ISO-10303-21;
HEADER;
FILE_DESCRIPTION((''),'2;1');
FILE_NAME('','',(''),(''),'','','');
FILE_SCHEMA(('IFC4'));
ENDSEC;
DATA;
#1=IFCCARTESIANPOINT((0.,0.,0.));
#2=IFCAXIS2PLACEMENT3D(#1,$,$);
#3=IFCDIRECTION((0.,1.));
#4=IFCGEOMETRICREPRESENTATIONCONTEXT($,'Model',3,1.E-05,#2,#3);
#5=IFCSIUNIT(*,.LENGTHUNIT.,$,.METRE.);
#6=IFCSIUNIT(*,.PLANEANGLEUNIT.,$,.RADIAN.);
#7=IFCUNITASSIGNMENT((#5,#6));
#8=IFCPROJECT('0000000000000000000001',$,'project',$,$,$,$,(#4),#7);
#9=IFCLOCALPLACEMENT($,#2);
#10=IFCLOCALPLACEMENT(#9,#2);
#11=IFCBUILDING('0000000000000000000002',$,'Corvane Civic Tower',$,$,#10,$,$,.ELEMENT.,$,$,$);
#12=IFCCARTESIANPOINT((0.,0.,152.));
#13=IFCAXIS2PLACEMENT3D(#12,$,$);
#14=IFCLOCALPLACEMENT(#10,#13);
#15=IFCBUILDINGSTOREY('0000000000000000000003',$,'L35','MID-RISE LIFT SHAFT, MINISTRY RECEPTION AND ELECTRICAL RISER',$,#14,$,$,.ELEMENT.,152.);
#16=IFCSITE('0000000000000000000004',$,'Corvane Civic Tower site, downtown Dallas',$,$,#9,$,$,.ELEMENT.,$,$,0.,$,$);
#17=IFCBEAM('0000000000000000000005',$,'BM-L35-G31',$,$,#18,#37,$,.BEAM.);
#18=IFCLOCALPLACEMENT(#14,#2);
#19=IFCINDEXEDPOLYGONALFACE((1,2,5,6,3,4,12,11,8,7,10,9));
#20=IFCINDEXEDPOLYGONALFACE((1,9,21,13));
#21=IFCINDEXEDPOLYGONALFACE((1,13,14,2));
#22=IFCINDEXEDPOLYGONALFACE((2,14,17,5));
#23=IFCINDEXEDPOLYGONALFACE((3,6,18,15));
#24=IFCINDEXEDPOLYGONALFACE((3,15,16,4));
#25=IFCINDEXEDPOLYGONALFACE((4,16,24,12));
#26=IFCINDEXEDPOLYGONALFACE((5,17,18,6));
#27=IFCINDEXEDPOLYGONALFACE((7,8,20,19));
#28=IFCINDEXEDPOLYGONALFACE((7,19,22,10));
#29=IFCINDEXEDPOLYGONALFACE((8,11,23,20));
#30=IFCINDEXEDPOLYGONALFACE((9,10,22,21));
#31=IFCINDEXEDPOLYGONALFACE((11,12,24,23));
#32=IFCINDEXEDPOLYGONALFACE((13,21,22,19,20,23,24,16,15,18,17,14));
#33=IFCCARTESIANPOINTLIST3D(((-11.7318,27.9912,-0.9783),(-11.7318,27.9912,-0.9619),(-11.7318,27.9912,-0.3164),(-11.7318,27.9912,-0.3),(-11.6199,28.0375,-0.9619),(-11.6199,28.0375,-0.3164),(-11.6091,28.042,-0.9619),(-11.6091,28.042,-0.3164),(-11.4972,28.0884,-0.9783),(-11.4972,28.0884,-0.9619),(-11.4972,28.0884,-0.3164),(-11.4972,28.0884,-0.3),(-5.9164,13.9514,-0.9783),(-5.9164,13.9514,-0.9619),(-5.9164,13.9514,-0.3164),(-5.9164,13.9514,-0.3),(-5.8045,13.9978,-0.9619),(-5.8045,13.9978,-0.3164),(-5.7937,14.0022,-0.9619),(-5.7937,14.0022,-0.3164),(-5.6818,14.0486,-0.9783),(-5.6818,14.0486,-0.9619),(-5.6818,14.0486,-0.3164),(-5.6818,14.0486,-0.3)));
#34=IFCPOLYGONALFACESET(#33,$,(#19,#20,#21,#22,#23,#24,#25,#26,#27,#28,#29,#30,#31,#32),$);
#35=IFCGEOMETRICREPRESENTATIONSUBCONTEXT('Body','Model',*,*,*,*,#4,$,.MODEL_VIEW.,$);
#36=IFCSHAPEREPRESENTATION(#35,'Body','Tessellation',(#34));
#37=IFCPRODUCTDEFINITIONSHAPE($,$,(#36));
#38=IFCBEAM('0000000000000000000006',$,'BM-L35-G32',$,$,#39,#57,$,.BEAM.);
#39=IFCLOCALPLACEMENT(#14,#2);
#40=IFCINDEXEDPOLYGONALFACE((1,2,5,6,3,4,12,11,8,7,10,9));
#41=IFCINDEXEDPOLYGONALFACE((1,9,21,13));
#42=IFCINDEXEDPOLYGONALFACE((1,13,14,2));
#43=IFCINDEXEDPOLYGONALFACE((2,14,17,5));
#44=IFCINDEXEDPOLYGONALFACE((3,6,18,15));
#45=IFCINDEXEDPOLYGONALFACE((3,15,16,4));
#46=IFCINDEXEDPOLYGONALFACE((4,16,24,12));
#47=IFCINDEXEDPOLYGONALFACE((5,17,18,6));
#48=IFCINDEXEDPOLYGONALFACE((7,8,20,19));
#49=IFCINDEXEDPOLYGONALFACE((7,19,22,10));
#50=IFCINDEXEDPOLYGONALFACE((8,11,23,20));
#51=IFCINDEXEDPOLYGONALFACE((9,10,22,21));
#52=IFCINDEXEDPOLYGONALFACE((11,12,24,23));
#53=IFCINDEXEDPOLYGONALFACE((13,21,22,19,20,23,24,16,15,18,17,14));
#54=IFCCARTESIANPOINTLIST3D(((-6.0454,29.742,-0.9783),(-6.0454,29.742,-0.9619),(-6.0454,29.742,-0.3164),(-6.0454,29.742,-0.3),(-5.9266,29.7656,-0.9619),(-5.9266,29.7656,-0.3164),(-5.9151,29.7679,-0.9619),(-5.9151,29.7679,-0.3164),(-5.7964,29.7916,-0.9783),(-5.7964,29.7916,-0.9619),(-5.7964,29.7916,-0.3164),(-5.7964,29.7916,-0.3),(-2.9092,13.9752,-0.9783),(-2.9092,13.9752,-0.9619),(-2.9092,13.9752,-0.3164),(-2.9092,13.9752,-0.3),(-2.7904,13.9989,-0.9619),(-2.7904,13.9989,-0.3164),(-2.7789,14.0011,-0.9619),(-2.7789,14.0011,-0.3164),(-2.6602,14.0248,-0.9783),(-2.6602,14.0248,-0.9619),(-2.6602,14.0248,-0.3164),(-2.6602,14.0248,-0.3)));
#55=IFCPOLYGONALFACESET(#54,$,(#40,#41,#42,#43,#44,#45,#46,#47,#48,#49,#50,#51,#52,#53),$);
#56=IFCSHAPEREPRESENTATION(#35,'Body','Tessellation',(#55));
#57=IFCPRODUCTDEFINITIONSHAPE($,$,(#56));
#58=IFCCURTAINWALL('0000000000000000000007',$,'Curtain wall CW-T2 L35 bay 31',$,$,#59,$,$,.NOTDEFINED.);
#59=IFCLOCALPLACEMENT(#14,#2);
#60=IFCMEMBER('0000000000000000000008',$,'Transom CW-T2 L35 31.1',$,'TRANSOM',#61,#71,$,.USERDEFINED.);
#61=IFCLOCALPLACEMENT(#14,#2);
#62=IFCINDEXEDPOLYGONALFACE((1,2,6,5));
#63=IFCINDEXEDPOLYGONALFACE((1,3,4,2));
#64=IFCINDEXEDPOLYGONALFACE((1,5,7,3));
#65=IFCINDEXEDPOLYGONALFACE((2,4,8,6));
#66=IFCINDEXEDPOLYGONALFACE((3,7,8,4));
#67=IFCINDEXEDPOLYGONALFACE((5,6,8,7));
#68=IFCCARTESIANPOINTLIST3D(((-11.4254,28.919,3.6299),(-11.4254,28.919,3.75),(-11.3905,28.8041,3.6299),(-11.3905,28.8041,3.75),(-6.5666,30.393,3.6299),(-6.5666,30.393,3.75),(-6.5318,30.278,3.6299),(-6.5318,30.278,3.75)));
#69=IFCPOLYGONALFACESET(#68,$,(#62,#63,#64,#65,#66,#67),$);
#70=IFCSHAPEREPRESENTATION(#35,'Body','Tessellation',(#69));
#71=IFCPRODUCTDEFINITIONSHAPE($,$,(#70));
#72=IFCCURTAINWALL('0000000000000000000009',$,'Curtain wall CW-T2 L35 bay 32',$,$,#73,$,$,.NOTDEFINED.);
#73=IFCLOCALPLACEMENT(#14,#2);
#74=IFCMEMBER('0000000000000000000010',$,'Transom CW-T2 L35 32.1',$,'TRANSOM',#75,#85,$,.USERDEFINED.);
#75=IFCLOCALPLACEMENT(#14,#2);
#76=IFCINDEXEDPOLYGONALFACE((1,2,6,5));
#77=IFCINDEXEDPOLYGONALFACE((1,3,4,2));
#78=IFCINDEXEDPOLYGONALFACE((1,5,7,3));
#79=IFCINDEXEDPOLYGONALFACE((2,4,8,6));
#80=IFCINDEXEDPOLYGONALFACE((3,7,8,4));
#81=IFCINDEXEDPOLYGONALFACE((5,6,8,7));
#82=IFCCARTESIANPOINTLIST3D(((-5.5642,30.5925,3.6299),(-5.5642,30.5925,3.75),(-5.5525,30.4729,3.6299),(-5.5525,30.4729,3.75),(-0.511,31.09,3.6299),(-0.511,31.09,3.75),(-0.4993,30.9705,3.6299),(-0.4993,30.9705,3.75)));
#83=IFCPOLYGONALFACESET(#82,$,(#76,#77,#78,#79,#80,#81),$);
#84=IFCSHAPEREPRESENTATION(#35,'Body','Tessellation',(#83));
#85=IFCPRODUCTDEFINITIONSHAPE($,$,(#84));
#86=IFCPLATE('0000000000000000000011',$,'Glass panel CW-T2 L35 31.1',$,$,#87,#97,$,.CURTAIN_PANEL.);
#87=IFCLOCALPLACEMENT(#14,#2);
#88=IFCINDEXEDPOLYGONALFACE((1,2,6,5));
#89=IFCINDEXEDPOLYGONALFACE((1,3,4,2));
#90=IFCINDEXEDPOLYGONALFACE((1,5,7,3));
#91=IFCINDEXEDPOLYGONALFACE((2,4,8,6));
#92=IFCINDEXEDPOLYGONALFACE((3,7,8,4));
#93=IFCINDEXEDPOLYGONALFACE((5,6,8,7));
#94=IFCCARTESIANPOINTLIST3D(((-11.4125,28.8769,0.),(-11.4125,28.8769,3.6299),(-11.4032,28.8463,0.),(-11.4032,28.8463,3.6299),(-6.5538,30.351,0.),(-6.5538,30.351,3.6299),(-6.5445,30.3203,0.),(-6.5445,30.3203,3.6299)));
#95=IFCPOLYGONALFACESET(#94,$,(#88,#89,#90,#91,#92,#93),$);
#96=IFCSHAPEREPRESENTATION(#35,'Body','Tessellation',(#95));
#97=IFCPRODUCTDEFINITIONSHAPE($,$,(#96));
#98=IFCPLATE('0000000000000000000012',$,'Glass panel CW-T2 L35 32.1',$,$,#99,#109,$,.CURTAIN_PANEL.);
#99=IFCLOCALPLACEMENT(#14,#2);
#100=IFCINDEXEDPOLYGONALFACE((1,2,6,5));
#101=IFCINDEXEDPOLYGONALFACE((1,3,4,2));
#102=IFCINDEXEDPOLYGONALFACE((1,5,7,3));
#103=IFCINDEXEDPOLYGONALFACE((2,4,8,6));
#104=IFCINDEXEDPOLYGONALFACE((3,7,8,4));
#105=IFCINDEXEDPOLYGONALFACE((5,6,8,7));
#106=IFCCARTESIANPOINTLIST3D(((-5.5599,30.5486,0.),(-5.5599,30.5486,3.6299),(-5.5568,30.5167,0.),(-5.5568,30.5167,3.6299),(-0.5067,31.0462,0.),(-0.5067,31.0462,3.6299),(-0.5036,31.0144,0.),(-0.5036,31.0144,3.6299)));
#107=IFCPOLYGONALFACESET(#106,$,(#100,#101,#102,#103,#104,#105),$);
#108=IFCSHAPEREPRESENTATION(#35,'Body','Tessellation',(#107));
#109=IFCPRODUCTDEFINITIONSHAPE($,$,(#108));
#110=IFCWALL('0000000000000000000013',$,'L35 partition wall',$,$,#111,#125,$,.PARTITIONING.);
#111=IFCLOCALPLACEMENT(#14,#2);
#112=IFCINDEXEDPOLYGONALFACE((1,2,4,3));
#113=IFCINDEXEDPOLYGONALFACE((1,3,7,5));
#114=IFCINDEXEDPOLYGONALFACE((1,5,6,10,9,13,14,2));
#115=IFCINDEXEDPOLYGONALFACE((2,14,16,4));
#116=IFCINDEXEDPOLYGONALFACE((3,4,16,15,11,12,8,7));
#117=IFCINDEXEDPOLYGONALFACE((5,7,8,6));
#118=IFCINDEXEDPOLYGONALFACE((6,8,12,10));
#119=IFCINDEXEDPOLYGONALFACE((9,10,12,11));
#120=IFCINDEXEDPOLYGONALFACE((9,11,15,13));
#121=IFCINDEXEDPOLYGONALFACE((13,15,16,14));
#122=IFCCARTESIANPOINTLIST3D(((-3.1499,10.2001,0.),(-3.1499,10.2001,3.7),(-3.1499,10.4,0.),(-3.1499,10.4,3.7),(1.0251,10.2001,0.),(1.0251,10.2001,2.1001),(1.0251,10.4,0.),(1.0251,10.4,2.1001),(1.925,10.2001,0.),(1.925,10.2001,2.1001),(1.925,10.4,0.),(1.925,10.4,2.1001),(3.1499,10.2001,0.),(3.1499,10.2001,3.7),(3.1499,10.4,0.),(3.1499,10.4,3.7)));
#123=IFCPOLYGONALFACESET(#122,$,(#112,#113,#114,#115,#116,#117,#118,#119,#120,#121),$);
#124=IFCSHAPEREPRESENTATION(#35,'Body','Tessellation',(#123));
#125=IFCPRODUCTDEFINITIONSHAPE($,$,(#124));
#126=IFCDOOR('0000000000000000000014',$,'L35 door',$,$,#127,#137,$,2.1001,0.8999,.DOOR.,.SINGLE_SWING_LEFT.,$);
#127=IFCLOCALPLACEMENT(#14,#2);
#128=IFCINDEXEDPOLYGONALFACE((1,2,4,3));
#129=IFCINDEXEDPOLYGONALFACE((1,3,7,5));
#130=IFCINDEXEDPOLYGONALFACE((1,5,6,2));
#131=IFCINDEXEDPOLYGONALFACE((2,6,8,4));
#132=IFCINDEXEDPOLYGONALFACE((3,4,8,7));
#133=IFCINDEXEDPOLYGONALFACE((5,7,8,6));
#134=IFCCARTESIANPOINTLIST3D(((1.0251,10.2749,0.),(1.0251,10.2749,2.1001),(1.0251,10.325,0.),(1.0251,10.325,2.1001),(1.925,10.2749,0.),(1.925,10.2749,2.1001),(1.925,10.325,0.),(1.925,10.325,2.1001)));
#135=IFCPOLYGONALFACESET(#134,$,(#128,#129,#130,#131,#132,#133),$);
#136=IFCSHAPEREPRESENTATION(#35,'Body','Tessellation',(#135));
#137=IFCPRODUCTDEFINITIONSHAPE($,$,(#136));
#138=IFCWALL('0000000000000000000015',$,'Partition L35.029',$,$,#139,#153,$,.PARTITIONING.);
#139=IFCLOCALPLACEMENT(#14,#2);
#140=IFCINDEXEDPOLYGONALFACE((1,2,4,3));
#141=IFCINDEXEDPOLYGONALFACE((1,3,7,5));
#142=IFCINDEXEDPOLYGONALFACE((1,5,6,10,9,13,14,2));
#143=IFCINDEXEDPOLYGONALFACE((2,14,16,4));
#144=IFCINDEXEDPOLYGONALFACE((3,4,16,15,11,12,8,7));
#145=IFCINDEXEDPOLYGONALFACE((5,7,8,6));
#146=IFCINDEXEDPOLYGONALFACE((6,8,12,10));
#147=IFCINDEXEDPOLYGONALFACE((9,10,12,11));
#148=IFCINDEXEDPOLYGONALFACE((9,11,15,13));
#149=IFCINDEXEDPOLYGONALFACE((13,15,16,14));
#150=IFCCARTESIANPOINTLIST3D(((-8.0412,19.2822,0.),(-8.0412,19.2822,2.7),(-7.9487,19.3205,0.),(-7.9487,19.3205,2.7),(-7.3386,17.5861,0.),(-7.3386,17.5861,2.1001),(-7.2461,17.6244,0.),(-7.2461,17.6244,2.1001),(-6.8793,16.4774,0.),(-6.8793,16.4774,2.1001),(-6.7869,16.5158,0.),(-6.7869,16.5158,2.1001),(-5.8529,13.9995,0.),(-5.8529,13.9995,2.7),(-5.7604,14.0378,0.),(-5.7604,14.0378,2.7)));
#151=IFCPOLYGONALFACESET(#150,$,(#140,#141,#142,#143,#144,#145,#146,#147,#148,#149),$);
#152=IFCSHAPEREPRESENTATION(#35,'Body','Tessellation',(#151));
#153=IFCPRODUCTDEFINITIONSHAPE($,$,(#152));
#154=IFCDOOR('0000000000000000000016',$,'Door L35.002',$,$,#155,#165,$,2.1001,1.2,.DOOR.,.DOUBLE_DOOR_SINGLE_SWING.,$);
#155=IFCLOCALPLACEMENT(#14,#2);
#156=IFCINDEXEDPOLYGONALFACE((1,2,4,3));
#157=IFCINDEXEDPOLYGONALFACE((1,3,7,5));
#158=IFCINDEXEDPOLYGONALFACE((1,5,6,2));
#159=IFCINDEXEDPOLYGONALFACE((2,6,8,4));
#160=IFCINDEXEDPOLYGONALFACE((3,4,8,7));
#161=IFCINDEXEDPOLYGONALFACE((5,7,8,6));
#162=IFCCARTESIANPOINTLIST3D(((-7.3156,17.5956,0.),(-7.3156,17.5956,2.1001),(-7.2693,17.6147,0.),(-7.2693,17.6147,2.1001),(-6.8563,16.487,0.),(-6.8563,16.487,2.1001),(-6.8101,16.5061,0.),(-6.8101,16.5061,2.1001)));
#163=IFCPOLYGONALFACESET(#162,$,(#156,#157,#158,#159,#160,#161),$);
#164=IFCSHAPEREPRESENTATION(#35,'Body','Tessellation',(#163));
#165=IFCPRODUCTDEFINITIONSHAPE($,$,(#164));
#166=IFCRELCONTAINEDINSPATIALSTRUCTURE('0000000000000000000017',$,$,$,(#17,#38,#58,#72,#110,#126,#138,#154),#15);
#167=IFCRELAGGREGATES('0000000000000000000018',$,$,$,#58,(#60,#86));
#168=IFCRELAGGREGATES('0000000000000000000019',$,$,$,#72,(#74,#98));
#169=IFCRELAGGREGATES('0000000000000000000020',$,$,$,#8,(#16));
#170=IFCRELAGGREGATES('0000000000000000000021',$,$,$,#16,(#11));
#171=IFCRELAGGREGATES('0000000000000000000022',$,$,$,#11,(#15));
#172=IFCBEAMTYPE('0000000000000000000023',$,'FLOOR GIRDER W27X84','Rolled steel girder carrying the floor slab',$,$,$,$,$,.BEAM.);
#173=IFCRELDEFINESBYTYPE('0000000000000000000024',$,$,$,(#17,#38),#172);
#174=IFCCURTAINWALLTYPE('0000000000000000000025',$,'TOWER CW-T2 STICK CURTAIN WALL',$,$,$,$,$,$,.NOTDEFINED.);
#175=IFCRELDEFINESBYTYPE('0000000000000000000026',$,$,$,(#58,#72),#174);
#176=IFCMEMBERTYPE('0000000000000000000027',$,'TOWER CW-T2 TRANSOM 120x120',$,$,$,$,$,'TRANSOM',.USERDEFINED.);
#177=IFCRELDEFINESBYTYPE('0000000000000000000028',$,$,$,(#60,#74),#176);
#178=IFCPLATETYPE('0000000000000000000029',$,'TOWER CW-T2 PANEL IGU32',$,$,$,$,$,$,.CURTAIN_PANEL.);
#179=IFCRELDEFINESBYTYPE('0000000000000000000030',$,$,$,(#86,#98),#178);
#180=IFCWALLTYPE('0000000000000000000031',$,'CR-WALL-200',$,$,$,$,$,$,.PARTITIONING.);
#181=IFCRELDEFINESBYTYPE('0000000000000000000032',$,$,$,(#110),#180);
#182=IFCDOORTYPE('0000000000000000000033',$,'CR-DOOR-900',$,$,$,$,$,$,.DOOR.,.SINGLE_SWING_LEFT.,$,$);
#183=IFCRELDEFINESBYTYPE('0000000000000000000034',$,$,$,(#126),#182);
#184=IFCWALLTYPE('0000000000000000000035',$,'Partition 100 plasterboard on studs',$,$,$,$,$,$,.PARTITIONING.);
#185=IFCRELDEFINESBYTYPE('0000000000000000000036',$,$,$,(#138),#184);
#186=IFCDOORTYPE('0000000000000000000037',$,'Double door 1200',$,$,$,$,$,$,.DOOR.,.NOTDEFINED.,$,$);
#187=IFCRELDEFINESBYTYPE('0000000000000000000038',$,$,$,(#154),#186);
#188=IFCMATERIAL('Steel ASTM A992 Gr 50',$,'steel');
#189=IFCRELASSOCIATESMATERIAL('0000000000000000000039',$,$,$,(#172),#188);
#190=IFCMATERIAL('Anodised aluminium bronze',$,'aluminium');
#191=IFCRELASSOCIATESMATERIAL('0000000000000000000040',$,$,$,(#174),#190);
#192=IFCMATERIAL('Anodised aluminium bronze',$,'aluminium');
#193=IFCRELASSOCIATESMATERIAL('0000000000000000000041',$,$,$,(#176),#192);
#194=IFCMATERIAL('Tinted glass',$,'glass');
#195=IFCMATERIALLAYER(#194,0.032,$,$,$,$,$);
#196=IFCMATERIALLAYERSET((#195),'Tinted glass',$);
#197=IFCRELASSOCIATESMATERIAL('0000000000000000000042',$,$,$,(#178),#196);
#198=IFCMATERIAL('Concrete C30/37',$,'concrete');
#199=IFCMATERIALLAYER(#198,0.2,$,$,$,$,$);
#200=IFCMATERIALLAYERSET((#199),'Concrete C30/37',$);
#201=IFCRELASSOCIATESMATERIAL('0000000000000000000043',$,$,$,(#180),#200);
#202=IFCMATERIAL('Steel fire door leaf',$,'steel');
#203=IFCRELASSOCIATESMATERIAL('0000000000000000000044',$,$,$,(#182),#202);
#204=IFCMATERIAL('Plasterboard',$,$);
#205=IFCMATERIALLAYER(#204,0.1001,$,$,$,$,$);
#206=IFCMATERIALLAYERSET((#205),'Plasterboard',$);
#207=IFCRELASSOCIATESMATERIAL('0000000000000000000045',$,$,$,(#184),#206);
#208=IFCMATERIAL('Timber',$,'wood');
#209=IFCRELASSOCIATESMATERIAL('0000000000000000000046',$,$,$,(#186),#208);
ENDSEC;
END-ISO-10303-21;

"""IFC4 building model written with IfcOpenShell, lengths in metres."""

from ifc_helpers import new_model, si_unit, direction, frame, frame_2d, origin, origin_2d, place, context, subcontext, project, spatial, rectangle, i_section, extrude, material, layer, layer_set, material_profile, profile_set, type_object, element, fill, aggregate, save


model = new_model("IFC4")

# Units and contexts
model_context = context("Model", 3, precision=1e-05, world=origin(), true_north=direction((0.0, 1.0)))
body_context = subcontext(model_context, "Body", "Model", "MODEL_VIEW")
ifc_project = project(units=[si_unit("LENGTHUNIT", "METRE"), si_unit("PLANEANGLEUNIT", "RADIAN")], contexts=[model_context])

# Site, building, storey
site_placement = place(None, origin())
site = spatial("IfcSite", under=ifc_project, at=site_placement, Name="Corvane Civic Tower site, downtown Dallas", CompositionType="ELEMENT", RefElevation=0.0)
building_placement = place(site_placement, origin())
building = spatial("IfcBuilding", under=site, at=building_placement, Name="Corvane Civic Tower", CompositionType="ELEMENT")
storey_placement = place(building_placement, frame((0.0, 0.0, 152.0)))
storey = spatial("IfcBuildingStorey", under=building, at=storey_placement, Name="L35", Description="MID-RISE LIFT SHAFT, MINISTRY RECEPTION AND ELECTRICAL RISER", CompositionType="ELEMENT", Elevation=152.0)

# Beams
ifc_material_1 = material(Name="Steel ASTM A992 Gr 50", Category="steel")
ifc_material_profile_1 = material_profile(ifc_material_1, i_section(OverallWidth=0.2539, OverallDepth=0.6782, WebThickness=0.0117, FlangeThickness=0.0164, at=origin_2d()), Name="W27X84")
ifc_profile_set_1 = profile_set([ifc_material_profile_1], Name="Steel ASTM A992 Gr 50")
beam_type_1 = type_object("IfcBeamType", Name="FLOOR GIRDER W27X84", Description="Rolled steel girder carrying the floor slab", PredefinedType="BEAM", material=ifc_profile_set_1)
beam_1_placement = place(storey_placement, frame((-5.7991, 14.0, -0.6392), z_axis=(-0.382681, 0.923881, 0.0), x_axis=(-0.923881, -0.382681, 0.0)))
element("IfcBeam", 1, at=beam_1_placement, inside=storey, type_object=beam_type_1, Name="BM-L35-G31", PredefinedType="BEAM", context=body_context, shape_type="SweptSolid", body=[
    extrude(i_section(OverallWidth=0.2539, OverallDepth=0.6782, WebThickness=0.0117, FlangeThickness=0.0164, at=origin_2d()), origin(), (0.0, 0.0, 1.0), 15.1965),
])
beam_2_placement = place(storey_placement, frame((-2.7847, 14.0, -0.6392), z_axis=(-0.195091, 0.980785, 0.0), x_axis=(-0.980785, -0.195091, 0.0)))
element("IfcBeam", 2, at=beam_2_placement, inside=storey, type_object=beam_type_1, Name="BM-L35-G32", PredefinedType="BEAM", context=body_context, shape_type="SweptSolid", body=[
    extrude(i_section(OverallWidth=0.2539, OverallDepth=0.6782, WebThickness=0.0117, FlangeThickness=0.0164, at=origin_2d()), origin(), (0.0, 0.0, 1.0), 16.0757),
])

# Curtain walls, members
ifc_material_2 = material(Name="Anodised aluminium bronze", Category="aluminium")
curtain_wall_type = type_object("IfcCurtainWallType", Name="TOWER CW-T2 STICK CURTAIN WALL", PredefinedType="NOTDEFINED", material=ifc_material_2)
curtain_wall_1_placement = place(storey_placement, origin())
curtain_wall_1 = element("IfcCurtainWall", 3, at=curtain_wall_1_placement, inside=storey, type_object=curtain_wall_type, Name="Curtain wall CW-T2 L35 bay 31", PredefinedType="NOTDEFINED")
ifc_material_3 = material(Name="Anodised aluminium bronze", Category="aluminium")
ifc_material_profile_2 = material_profile(ifc_material_3, rectangle(XDim=0.1201, YDim=0.1201, at=origin_2d()), Name="TOWER CW-T2 TRANSOM 120x120")
ifc_profile_set_2 = profile_set([ifc_material_profile_2], Name="Anodised aluminium bronze")
member_type = type_object("IfcMemberType", Name="TOWER CW-T2 TRANSOM 120x120", ElementType="TRANSOM", PredefinedType="USERDEFINED", material=ifc_profile_set_2)
member_1_placement = place(storey_placement, frame((-11.408, 28.8616, 3.6899), z_axis=(0.956939, 0.290289, 0.0), x_axis=(-0.290289, 0.956939, 0.0)))
member_1 = element("IfcMember", 4, at=member_1_placement, type_object=member_type, Name="Transom CW-T2 L35 31.1", ObjectType="TRANSOM", PredefinedType="USERDEFINED", context=body_context, shape_type="SweptSolid", body=[
    extrude(rectangle(XDim=0.1201, YDim=0.1201, at=origin_2d()), origin(), (0.0, 0.0, 1.0), 5.0774),
])
curtain_wall_2_placement = place(storey_placement, origin())
curtain_wall_2 = element("IfcCurtainWall", 5, at=curtain_wall_2_placement, inside=storey, type_object=curtain_wall_type, Name="Curtain wall CW-T2 L35 bay 32", PredefinedType="NOTDEFINED")
member_2_placement = place(storey_placement, frame((-5.5583, 30.5327, 3.6899), z_axis=(0.995187, 0.09799, 0.0), x_axis=(-0.09799, 0.995187, 0.0)))
member_2 = element("IfcMember", 6, at=member_2_placement, type_object=member_type, Name="Transom CW-T2 L35 32.1", ObjectType="TRANSOM", PredefinedType="USERDEFINED", context=body_context, shape_type="SweptSolid", body=[
    extrude(rectangle(XDim=0.1201, YDim=0.1201, at=origin_2d()), origin(), (0.0, 0.0, 1.0), 5.0776),
])

# Plates
ifc_material_4 = material(Name="Tinted glass", Category="glass")
ifc_layer_1 = layer(ifc_material_4, 0.032)
ifc_layer_set_1 = layer_set([ifc_layer_1], Name="Tinted glass")
plate_type = type_object("IfcPlateType", Name="TOWER CW-T2 PANEL IGU32", PredefinedType="CURTAIN_PANEL", material=ifc_layer_set_1)
plate_1_placement = place(storey_placement, frame((-8.9785, 29.5986, 0.0), z_axis=(0.0, 0.0, 1.0), x_axis=(0.956932, 0.290313, 0.0)))
plate_1 = element("IfcPlate", 7, at=plate_1_placement, type_object=plate_type, Name="Glass panel CW-T2 L35 31.1", PredefinedType="CURTAIN_PANEL", context=body_context, shape_type="SweptSolid", body=[
    extrude(rectangle(XDim=5.0774, YDim=0.032, at=origin_2d()), origin(), (0.0, 0.0, 1.0), 3.6299),
])
aggregate(curtain_wall_1, [member_1, plate_1])
plate_2_placement = place(storey_placement, frame((-3.0317, 30.7815, 0.0), z_axis=(0.0, 0.0, 1.0), x_axis=(0.995185, 0.098012, 0.0)))
plate_2 = element("IfcPlate", 8, at=plate_2_placement, type_object=plate_type, Name="Glass panel CW-T2 L35 32.1", PredefinedType="CURTAIN_PANEL", context=body_context, shape_type="SweptSolid", body=[
    extrude(rectangle(XDim=5.0776, YDim=0.032, at=origin_2d()), origin(), (0.0, 0.0, 1.0), 3.6299),
])
aggregate(curtain_wall_2, [member_2, plate_2])

# Walls, openings, doors
ifc_material_5 = material(Name="Concrete C30/37", Category="concrete")
ifc_layer_2 = layer(ifc_material_5, 0.2)
ifc_layer_set_2 = layer_set([ifc_layer_2], Name="Concrete C30/37")
wall_type_1 = type_object("IfcWallType", Name="CR-WALL-200", PredefinedType="PARTITIONING", material=ifc_layer_set_2)
wall_1_placement = place(storey_placement, frame((-3.1499, 10.3, 0.0), z_axis=(0.0, 0.0, 1.0), x_axis=(1.0, 0.0, 0.0)))
wall_1 = element("IfcWall", 9, at=wall_1_placement, inside=storey, type_object=wall_type_1, Name="L35 partition wall", PredefinedType="PARTITIONING", context=body_context, shape_type="SweptSolid", body=[
    extrude(rectangle(XDim=6.2998, YDim=0.2, at=frame_2d((3.1499, 0.0))), origin(), (0.0, 0.0, 1.0), 3.7),
])
opening_1_placement = place(wall_1_placement, frame((4.175, 0.0, 0.0)))
opening_1 = element("IfcOpeningElement", 10, at=opening_1_placement, cuts=wall_1, PredefinedType="OPENING", context=body_context, shape_type="SweptSolid", body=[
    extrude(rectangle(XDim=0.8999, YDim=2.1001, at=frame_2d((0.45, 1.05))), frame((0.0, 0.1099, 0.0), z_axis=(0.0, -1.0, 0.0), x_axis=(1.0, 0.0, 0.0)), (0.0, 0.0, 1.0), 0.22),
])
ifc_material_6 = material(Name="Steel fire door leaf", Category="steel")
door_type_1 = type_object("IfcDoorType", Name="CR-DOOR-900", OperationType="SINGLE_SWING_LEFT", PredefinedType="DOOR", material=ifc_material_6)
door_1_placement = place(opening_1_placement, origin())
door_1 = element("IfcDoor", 11, at=door_1_placement, inside=storey, type_object=door_type_1, Name="L35 door", OperationType="SINGLE_SWING_LEFT", OverallHeight=2.1001, OverallWidth=0.8999, PredefinedType="DOOR", context=body_context, shape_type="SweptSolid", body=[
    extrude(rectangle(XDim=0.8999, YDim=2.1001, at=frame_2d((0.45, 1.05))), frame((0.0, 0.0249, 0.0), z_axis=(0.0, -1.0, 0.0), x_axis=(1.0, 0.0, 0.0)), (0.0, 0.0, 1.0), 0.05),
])
fill(opening_1, door_1)
ifc_material_7 = material(Name="Plasterboard")
ifc_layer_3 = layer(ifc_material_7, 0.1001)
ifc_layer_set_3 = layer_set([ifc_layer_3], Name="Plasterboard")
wall_type_2 = type_object("IfcWallType", Name="Partition 100 plasterboard on studs", PredefinedType="PARTITIONING", material=ifc_layer_set_3)
wall_2_placement = place(storey_placement, frame((-7.9949, 19.3013, 0.0), z_axis=(0.0, 0.0, 1.0), x_axis=(0.382692, -0.923876, 0.0)))
wall_2 = element("IfcWall", 12, at=wall_2_placement, inside=storey, type_object=wall_type_2, Name="Partition L35.029", PredefinedType="PARTITIONING", context=body_context, shape_type="SweptSolid", body=[
    extrude(rectangle(XDim=5.718, YDim=0.1001, at=frame_2d((2.8589, 0.0))), origin(), (0.0, 0.0, 1.0), 2.7),
])
opening_2_placement = place(wall_2_placement, frame((1.8357, 0.0, 0.0)))
opening_2 = element("IfcOpeningElement", 13, at=opening_2_placement, cuts=wall_2, PredefinedType="OPENING", context=body_context, shape_type="SweptSolid", body=[
    extrude(rectangle(XDim=1.2, YDim=2.1001, at=frame_2d((0.6001, 1.05))), frame((0.0, 0.0601, 0.0), z_axis=(0.0, -1.0, 0.0), x_axis=(1.0, 0.0, 0.0)), (0.0, 0.0, 1.0), 0.1201),
])
ifc_material_8 = material(Name="Timber", Category="wood")
door_type_2 = type_object("IfcDoorType", Name="Double door 1200", OperationType="NOTDEFINED", PredefinedType="DOOR", material=ifc_material_8)
door_2_placement = place(opening_2_placement, origin())
door_2 = element("IfcDoor", 14, at=door_2_placement, inside=storey, type_object=door_type_2, Name="Door L35.002", OperationType="DOUBLE_DOOR_SINGLE_SWING", OverallHeight=2.1001, OverallWidth=1.2, PredefinedType="DOOR", context=body_context, shape_type="SweptSolid", body=[
    extrude(rectangle(XDim=1.2, YDim=2.1001, at=frame_2d((0.6001, 1.05))), frame((0.0, 0.0249, 0.0), z_axis=(0.0, -1.0, 0.0), x_axis=(1.0, 0.0, 0.0)), (0.0, 0.0, 1.0), 0.05),
])
fill(opening_2, door_2)

save(model, "model.ifc")
